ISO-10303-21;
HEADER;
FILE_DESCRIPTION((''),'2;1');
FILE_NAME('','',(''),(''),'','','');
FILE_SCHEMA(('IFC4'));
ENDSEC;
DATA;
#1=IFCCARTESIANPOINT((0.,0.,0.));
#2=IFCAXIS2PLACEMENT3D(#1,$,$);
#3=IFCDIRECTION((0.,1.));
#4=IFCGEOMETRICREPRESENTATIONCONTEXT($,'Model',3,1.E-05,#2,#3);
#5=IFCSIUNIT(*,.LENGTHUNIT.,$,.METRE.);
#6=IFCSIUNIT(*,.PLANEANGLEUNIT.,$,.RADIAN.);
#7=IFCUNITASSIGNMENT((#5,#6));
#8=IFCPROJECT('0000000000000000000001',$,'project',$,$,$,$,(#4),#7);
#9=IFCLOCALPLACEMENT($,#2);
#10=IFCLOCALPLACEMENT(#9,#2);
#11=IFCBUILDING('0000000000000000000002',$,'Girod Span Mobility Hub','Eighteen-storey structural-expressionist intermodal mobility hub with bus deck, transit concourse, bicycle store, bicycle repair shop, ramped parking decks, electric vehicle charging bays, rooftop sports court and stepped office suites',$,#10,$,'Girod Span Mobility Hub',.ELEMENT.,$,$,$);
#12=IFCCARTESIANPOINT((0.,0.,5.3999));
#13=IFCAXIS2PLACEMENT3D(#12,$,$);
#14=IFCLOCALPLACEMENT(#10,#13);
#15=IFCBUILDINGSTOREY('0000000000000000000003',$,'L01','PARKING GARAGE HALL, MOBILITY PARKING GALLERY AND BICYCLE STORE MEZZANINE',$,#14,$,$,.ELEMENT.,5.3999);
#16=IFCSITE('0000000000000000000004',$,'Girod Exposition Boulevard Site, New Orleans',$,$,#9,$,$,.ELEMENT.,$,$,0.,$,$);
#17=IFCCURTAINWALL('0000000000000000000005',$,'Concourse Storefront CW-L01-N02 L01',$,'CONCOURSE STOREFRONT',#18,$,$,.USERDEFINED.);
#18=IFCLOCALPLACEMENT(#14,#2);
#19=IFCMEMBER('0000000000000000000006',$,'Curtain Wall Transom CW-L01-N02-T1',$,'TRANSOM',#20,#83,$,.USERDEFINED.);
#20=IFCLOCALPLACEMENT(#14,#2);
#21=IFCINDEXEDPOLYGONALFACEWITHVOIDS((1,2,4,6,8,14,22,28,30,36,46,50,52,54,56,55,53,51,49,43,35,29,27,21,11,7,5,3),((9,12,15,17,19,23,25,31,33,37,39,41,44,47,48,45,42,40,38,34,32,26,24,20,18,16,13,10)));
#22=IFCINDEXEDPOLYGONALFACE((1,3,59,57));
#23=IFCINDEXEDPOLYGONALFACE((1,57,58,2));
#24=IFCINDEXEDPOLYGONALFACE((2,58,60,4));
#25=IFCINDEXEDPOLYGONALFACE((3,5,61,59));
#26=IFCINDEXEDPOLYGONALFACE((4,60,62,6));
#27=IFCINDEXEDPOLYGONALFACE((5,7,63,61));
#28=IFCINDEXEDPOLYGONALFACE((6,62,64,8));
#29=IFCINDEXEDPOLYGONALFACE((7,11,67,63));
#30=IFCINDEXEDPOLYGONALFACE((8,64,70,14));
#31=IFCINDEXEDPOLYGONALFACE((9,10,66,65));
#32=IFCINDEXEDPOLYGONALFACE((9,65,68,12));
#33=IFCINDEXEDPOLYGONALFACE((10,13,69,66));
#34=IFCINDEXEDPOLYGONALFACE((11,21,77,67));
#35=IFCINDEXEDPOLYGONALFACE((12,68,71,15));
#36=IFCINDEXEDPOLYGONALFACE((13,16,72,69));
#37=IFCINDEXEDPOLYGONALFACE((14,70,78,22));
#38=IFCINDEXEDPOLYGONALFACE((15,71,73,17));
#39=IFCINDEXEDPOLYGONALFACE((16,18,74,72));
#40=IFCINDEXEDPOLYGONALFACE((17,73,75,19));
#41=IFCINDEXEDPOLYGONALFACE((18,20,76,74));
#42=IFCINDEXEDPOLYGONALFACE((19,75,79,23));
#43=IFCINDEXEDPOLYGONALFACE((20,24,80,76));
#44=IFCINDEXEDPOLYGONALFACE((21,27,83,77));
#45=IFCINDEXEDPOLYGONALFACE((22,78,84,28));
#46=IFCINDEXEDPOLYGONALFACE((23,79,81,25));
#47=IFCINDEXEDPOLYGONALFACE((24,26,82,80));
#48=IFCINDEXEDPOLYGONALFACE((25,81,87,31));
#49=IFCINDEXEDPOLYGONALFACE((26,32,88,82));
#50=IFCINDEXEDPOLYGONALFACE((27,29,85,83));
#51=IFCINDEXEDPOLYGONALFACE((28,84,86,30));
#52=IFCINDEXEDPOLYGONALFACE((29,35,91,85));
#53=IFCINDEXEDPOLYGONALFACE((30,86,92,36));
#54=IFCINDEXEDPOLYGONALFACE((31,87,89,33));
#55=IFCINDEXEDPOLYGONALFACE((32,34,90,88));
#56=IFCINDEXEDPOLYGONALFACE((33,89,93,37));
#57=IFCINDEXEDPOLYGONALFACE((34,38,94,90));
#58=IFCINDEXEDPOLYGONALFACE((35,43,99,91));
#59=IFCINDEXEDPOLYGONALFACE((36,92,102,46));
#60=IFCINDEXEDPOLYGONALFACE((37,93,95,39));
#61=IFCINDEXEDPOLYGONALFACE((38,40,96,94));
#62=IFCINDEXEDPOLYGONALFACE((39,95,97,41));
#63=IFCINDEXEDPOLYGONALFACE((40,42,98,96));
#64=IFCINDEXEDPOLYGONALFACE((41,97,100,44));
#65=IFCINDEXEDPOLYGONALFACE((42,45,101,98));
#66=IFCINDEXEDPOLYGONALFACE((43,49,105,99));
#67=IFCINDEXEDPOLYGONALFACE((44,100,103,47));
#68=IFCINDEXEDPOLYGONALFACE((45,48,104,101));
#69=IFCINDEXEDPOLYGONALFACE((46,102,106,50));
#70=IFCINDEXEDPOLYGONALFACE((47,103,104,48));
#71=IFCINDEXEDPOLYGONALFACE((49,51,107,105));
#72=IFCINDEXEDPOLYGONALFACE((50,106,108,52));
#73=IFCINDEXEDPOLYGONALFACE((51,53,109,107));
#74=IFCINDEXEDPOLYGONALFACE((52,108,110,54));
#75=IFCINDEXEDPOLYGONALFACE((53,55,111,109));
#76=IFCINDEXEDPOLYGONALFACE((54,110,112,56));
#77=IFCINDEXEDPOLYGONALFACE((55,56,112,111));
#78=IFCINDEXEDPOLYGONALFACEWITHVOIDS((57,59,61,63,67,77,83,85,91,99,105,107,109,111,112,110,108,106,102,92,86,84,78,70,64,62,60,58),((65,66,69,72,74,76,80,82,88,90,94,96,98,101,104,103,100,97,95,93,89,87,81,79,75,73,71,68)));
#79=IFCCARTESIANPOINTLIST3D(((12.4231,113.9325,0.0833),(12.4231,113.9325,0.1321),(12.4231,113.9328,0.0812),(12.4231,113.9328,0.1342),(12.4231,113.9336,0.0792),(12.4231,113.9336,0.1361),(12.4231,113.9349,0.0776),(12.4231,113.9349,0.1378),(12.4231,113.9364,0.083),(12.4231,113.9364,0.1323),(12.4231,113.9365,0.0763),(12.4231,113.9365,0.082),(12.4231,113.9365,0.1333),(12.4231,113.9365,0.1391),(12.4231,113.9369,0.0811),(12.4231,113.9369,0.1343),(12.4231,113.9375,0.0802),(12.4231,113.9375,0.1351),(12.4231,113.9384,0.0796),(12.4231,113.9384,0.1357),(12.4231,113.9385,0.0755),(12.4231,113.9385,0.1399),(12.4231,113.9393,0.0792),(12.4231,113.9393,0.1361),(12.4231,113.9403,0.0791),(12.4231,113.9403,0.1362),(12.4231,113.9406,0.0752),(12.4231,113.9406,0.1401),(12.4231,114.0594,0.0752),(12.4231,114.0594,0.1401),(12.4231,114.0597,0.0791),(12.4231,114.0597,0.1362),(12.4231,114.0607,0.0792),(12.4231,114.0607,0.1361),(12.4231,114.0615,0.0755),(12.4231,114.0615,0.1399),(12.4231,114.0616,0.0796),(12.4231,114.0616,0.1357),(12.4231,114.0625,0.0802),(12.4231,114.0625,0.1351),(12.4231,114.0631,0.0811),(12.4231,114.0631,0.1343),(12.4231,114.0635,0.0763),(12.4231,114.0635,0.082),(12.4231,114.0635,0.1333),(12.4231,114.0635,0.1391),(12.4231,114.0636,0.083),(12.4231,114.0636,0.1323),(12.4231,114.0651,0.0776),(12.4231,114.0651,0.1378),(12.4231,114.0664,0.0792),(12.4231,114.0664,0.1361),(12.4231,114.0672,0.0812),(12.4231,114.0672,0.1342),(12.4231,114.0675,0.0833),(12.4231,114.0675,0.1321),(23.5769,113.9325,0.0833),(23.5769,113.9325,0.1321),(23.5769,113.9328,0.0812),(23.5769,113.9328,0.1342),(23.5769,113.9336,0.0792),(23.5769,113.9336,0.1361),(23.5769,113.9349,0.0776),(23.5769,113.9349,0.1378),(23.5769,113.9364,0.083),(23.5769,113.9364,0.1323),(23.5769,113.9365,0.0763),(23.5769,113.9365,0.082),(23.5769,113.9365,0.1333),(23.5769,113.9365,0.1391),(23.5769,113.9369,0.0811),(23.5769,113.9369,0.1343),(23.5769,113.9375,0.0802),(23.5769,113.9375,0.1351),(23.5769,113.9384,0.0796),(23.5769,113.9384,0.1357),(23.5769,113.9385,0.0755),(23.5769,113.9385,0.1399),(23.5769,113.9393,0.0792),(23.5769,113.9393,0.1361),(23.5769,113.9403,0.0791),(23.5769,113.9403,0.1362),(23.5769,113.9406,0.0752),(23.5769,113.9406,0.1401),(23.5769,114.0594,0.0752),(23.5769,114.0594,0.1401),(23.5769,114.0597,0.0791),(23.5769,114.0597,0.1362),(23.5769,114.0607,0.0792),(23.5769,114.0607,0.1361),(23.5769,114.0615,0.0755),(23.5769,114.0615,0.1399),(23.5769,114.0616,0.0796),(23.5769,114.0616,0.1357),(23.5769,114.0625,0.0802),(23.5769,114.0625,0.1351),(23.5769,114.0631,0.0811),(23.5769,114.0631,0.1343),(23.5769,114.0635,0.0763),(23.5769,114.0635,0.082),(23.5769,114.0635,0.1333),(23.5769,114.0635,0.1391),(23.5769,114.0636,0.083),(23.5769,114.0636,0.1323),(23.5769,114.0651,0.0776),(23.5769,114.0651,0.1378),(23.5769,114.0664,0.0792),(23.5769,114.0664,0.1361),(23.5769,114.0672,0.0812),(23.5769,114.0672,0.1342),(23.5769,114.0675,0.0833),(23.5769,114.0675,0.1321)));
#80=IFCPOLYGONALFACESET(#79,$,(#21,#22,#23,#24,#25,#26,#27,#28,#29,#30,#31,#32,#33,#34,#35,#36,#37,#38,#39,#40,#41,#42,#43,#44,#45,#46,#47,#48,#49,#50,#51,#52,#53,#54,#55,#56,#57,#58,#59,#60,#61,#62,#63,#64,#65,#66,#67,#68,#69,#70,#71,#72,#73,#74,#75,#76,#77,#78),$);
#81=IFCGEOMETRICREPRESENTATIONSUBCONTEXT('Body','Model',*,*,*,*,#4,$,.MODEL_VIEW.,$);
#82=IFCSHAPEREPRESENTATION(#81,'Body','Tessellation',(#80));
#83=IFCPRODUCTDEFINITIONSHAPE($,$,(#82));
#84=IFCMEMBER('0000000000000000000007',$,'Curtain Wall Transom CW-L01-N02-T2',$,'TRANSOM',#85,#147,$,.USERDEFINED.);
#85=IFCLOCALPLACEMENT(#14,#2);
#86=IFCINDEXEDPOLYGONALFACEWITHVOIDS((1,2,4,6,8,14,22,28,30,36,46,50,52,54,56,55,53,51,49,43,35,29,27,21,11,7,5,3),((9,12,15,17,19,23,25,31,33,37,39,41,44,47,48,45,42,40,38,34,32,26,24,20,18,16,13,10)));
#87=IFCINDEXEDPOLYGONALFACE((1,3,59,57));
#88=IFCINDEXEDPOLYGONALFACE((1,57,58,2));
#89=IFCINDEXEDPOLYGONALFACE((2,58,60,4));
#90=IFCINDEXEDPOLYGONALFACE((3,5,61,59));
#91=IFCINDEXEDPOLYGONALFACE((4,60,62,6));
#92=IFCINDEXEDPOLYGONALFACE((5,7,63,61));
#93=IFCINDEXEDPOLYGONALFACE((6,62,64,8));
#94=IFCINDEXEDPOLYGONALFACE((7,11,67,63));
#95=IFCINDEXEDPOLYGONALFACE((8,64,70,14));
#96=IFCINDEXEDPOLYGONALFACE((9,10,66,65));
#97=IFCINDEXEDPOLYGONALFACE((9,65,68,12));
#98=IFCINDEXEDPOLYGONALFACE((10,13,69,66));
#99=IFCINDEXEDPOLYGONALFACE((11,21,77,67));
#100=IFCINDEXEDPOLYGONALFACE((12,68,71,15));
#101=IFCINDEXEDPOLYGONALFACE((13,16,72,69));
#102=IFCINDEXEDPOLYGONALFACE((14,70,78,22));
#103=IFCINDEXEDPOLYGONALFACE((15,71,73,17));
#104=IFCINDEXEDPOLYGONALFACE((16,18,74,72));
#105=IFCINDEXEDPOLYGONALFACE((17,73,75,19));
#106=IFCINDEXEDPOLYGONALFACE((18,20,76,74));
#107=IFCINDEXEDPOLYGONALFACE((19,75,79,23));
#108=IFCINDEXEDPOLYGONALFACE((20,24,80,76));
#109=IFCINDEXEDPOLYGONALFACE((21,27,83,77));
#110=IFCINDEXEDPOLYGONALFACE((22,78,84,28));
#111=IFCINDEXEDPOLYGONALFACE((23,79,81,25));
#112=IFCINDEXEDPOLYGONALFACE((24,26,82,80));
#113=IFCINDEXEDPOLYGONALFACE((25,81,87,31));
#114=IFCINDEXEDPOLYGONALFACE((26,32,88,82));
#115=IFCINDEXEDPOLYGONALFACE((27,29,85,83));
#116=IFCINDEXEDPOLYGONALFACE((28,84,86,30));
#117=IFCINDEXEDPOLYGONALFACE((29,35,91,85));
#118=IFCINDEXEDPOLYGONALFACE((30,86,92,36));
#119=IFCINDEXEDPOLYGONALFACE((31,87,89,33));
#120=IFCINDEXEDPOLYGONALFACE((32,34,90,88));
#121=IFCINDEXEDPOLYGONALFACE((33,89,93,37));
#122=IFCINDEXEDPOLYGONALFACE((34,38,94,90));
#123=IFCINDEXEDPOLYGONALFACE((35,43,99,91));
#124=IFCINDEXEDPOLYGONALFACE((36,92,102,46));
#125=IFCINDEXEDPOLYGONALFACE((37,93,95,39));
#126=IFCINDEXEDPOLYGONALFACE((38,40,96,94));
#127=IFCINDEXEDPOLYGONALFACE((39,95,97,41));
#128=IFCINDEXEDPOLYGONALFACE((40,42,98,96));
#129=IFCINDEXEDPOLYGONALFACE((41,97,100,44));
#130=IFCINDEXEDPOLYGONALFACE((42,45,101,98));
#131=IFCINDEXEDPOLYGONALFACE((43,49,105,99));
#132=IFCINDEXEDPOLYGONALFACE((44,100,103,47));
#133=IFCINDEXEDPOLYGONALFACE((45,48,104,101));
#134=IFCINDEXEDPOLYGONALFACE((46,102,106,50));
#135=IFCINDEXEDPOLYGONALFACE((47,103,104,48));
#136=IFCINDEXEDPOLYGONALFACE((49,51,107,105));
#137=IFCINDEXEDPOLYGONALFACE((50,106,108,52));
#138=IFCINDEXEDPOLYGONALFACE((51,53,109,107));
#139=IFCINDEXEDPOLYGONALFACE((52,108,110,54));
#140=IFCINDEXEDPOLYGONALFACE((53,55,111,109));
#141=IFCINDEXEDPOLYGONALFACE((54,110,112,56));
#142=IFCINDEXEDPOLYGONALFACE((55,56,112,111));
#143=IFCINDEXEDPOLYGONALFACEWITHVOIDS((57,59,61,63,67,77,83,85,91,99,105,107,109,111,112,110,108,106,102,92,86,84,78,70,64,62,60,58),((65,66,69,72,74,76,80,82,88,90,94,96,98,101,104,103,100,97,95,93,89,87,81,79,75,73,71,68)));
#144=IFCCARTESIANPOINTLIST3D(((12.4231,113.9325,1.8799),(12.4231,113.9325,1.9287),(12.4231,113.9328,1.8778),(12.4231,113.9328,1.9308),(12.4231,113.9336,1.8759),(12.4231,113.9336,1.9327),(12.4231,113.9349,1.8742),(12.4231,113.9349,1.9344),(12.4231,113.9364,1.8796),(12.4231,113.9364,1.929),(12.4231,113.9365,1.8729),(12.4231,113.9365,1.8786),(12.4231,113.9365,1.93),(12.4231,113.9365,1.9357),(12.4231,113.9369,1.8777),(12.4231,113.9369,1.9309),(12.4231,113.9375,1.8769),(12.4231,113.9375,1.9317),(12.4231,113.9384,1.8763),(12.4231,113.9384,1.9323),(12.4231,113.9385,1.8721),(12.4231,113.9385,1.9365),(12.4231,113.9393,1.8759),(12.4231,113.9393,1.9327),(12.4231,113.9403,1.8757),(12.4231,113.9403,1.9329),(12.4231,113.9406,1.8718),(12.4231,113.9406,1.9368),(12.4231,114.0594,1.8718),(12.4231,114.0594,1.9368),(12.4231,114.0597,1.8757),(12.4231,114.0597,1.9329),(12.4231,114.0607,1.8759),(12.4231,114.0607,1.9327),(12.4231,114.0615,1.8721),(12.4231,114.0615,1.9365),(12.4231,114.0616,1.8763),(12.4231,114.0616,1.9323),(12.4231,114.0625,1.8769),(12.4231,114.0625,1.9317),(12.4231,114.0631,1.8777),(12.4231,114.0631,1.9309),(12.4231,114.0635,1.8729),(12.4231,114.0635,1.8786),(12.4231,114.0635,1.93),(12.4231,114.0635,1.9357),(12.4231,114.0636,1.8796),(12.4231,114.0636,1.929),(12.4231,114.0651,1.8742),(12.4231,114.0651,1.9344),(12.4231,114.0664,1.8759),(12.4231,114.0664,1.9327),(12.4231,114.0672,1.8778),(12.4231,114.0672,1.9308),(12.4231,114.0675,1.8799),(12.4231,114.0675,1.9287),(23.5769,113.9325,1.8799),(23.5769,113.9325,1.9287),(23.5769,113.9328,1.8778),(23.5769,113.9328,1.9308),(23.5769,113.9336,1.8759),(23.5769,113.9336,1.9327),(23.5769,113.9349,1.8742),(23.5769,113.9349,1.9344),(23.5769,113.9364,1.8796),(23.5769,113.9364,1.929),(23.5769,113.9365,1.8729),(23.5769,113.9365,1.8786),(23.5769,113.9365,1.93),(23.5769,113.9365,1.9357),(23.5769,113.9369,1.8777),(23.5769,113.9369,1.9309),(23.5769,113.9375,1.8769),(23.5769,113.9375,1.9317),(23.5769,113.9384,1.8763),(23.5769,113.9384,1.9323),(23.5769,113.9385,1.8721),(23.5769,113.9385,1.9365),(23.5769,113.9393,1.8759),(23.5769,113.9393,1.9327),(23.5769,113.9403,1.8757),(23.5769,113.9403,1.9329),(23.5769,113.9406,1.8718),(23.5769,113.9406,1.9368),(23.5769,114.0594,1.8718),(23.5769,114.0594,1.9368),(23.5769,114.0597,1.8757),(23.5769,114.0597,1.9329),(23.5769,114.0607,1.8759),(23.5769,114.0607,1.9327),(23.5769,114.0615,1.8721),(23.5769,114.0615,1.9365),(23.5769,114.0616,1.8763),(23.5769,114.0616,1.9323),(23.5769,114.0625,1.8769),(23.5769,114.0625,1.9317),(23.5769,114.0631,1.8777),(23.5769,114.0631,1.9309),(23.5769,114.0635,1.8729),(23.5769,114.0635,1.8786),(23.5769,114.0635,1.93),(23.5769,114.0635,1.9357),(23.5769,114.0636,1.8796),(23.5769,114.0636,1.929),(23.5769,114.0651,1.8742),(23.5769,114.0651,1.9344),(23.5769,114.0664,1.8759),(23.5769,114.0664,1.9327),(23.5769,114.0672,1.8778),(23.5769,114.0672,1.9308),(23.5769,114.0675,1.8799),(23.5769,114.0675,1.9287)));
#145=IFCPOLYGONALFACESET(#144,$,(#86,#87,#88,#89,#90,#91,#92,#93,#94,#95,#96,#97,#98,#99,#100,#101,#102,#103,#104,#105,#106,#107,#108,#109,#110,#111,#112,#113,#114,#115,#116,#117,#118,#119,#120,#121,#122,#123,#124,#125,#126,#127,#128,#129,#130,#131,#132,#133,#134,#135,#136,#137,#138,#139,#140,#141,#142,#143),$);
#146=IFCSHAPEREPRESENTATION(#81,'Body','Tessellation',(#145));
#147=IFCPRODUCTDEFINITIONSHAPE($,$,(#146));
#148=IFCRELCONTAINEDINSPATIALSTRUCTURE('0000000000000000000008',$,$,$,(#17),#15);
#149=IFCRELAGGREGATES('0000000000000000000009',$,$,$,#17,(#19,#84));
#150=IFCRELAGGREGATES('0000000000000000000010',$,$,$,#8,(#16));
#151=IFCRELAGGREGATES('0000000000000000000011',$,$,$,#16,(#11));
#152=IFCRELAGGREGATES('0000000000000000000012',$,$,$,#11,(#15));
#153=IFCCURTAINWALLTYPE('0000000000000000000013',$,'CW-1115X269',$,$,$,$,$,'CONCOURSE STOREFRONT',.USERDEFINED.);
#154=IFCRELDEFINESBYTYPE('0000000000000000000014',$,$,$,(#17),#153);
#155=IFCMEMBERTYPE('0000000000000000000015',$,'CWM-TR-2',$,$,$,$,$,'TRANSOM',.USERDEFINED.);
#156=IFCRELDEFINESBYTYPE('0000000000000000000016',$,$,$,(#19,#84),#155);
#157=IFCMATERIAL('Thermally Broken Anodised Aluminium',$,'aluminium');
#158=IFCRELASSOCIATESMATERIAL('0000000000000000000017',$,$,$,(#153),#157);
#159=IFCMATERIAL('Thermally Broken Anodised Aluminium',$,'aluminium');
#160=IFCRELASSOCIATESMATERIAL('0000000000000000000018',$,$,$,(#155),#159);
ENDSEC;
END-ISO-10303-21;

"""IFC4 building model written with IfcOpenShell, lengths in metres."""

from ifc_helpers import new_model, si_unit, direction, frame, origin, origin_2d, place, context, subcontext, project, spatial, hollow_rectangle, extrude, material, material_profile, profile_set, type_object, element, aggregate, save


model = new_model("IFC4")

# Units and contexts
model_context = context("Model", 3, precision=1e-05, world=origin(), true_north=direction((0.0, 1.0)))
body_context = subcontext(model_context, "Body", "Model", "MODEL_VIEW")
ifc_project = project(units=[si_unit("LENGTHUNIT", "METRE"), si_unit("PLANEANGLEUNIT", "RADIAN")], contexts=[model_context])

# Site, building, storey
site_placement = place(None, origin())
site = spatial("IfcSite", under=ifc_project, at=site_placement, Name="Girod Exposition Boulevard Site, New Orleans", CompositionType="ELEMENT", RefElevation=0.0)
building_placement = place(site_placement, origin())
building = spatial("IfcBuilding", under=site, at=building_placement, Name="Girod Span Mobility Hub", Description="Eighteen-storey structural-expressionist intermodal mobility hub with bus deck, transit concourse, bicycle store, bicycle repair shop, ramped parking decks, electric vehicle charging bays, rooftop sports court and stepped office suites", LongName="Girod Span Mobility Hub", CompositionType="ELEMENT")
storey_placement = place(building_placement, frame((0.0, 0.0, 5.3999)))
storey = spatial("IfcBuildingStorey", under=building, at=storey_placement, Name="L01", Description="PARKING GARAGE HALL, MOBILITY PARKING GALLERY AND BICYCLE STORE MEZZANINE", CompositionType="ELEMENT", Elevation=5.3999)

# Curtain wall, members
ifc_material_1 = material(Name="Thermally Broken Anodised Aluminium", Category="aluminium")
curtain_wall_type = type_object("IfcCurtainWallType", Name="CW-1115X269", ElementType="CONCOURSE STOREFRONT", PredefinedType="USERDEFINED", material=ifc_material_1)
curtain_wall_placement = place(storey_placement, origin())
curtain_wall = element("IfcCurtainWall", 1, at=curtain_wall_placement, inside=storey, type_object=curtain_wall_type, Name="Concourse Storefront CW-L01-N02 L01", ObjectType="CONCOURSE STOREFRONT", PredefinedType="USERDEFINED")
ifc_material_2 = material(Name="Thermally Broken Anodised Aluminium", Category="aluminium")
ifc_material_profile_1 = material_profile(ifc_material_2, hollow_rectangle(XDim=0.135, YDim=0.0649, WallThickness=0.0039, InnerFilletRadius=0.0039, OuterFilletRadius=0.0081, at=origin_2d()), Name="CW-TR-65X135")
ifc_profile_set_1 = profile_set([ifc_material_profile_1], Name="Thermally Broken Anodised Aluminium")
member_type_1 = type_object("IfcMemberType", Name="CWM-TR-2", ElementType="TRANSOM", PredefinedType="USERDEFINED", material=ifc_profile_set_1)
member_1_placement = place(storey_placement, frame((12.4231, 114.0, 0.1077), z_axis=(1.0, 0.0, 0.0), x_axis=(0.0, 1.0, 0.0)))
member_1 = element("IfcMember", 2, at=member_1_placement, type_object=member_type_1, Name="Curtain Wall Transom CW-L01-N02-T1", ObjectType="TRANSOM", PredefinedType="USERDEFINED", context=body_context, shape_type="SweptSolid", body=[
    extrude(hollow_rectangle(XDim=0.135, YDim=0.0649, WallThickness=0.0039, InnerFilletRadius=0.0039, OuterFilletRadius=0.0081, at=origin_2d()), origin(), (0.0, 0.0, 1.0), 11.1538),
])
member_2_placement = place(storey_placement, frame((12.4231, 114.0, 1.9043), z_axis=(1.0, 0.0, 0.0), x_axis=(0.0, 1.0, 0.0)))
member_2 = element("IfcMember", 3, at=member_2_placement, type_object=member_type_1, Name="Curtain Wall Transom CW-L01-N02-T2", ObjectType="TRANSOM", PredefinedType="USERDEFINED", context=body_context, shape_type="SweptSolid", body=[
    extrude(hollow_rectangle(XDim=0.135, YDim=0.0649, WallThickness=0.0039, InnerFilletRadius=0.0039, OuterFilletRadius=0.0081, at=origin_2d()), origin(), (0.0, 0.0, 1.0), 11.1538),
])
aggregate(curtain_wall, [member_1, member_2])

save(model, "model.ifc")
